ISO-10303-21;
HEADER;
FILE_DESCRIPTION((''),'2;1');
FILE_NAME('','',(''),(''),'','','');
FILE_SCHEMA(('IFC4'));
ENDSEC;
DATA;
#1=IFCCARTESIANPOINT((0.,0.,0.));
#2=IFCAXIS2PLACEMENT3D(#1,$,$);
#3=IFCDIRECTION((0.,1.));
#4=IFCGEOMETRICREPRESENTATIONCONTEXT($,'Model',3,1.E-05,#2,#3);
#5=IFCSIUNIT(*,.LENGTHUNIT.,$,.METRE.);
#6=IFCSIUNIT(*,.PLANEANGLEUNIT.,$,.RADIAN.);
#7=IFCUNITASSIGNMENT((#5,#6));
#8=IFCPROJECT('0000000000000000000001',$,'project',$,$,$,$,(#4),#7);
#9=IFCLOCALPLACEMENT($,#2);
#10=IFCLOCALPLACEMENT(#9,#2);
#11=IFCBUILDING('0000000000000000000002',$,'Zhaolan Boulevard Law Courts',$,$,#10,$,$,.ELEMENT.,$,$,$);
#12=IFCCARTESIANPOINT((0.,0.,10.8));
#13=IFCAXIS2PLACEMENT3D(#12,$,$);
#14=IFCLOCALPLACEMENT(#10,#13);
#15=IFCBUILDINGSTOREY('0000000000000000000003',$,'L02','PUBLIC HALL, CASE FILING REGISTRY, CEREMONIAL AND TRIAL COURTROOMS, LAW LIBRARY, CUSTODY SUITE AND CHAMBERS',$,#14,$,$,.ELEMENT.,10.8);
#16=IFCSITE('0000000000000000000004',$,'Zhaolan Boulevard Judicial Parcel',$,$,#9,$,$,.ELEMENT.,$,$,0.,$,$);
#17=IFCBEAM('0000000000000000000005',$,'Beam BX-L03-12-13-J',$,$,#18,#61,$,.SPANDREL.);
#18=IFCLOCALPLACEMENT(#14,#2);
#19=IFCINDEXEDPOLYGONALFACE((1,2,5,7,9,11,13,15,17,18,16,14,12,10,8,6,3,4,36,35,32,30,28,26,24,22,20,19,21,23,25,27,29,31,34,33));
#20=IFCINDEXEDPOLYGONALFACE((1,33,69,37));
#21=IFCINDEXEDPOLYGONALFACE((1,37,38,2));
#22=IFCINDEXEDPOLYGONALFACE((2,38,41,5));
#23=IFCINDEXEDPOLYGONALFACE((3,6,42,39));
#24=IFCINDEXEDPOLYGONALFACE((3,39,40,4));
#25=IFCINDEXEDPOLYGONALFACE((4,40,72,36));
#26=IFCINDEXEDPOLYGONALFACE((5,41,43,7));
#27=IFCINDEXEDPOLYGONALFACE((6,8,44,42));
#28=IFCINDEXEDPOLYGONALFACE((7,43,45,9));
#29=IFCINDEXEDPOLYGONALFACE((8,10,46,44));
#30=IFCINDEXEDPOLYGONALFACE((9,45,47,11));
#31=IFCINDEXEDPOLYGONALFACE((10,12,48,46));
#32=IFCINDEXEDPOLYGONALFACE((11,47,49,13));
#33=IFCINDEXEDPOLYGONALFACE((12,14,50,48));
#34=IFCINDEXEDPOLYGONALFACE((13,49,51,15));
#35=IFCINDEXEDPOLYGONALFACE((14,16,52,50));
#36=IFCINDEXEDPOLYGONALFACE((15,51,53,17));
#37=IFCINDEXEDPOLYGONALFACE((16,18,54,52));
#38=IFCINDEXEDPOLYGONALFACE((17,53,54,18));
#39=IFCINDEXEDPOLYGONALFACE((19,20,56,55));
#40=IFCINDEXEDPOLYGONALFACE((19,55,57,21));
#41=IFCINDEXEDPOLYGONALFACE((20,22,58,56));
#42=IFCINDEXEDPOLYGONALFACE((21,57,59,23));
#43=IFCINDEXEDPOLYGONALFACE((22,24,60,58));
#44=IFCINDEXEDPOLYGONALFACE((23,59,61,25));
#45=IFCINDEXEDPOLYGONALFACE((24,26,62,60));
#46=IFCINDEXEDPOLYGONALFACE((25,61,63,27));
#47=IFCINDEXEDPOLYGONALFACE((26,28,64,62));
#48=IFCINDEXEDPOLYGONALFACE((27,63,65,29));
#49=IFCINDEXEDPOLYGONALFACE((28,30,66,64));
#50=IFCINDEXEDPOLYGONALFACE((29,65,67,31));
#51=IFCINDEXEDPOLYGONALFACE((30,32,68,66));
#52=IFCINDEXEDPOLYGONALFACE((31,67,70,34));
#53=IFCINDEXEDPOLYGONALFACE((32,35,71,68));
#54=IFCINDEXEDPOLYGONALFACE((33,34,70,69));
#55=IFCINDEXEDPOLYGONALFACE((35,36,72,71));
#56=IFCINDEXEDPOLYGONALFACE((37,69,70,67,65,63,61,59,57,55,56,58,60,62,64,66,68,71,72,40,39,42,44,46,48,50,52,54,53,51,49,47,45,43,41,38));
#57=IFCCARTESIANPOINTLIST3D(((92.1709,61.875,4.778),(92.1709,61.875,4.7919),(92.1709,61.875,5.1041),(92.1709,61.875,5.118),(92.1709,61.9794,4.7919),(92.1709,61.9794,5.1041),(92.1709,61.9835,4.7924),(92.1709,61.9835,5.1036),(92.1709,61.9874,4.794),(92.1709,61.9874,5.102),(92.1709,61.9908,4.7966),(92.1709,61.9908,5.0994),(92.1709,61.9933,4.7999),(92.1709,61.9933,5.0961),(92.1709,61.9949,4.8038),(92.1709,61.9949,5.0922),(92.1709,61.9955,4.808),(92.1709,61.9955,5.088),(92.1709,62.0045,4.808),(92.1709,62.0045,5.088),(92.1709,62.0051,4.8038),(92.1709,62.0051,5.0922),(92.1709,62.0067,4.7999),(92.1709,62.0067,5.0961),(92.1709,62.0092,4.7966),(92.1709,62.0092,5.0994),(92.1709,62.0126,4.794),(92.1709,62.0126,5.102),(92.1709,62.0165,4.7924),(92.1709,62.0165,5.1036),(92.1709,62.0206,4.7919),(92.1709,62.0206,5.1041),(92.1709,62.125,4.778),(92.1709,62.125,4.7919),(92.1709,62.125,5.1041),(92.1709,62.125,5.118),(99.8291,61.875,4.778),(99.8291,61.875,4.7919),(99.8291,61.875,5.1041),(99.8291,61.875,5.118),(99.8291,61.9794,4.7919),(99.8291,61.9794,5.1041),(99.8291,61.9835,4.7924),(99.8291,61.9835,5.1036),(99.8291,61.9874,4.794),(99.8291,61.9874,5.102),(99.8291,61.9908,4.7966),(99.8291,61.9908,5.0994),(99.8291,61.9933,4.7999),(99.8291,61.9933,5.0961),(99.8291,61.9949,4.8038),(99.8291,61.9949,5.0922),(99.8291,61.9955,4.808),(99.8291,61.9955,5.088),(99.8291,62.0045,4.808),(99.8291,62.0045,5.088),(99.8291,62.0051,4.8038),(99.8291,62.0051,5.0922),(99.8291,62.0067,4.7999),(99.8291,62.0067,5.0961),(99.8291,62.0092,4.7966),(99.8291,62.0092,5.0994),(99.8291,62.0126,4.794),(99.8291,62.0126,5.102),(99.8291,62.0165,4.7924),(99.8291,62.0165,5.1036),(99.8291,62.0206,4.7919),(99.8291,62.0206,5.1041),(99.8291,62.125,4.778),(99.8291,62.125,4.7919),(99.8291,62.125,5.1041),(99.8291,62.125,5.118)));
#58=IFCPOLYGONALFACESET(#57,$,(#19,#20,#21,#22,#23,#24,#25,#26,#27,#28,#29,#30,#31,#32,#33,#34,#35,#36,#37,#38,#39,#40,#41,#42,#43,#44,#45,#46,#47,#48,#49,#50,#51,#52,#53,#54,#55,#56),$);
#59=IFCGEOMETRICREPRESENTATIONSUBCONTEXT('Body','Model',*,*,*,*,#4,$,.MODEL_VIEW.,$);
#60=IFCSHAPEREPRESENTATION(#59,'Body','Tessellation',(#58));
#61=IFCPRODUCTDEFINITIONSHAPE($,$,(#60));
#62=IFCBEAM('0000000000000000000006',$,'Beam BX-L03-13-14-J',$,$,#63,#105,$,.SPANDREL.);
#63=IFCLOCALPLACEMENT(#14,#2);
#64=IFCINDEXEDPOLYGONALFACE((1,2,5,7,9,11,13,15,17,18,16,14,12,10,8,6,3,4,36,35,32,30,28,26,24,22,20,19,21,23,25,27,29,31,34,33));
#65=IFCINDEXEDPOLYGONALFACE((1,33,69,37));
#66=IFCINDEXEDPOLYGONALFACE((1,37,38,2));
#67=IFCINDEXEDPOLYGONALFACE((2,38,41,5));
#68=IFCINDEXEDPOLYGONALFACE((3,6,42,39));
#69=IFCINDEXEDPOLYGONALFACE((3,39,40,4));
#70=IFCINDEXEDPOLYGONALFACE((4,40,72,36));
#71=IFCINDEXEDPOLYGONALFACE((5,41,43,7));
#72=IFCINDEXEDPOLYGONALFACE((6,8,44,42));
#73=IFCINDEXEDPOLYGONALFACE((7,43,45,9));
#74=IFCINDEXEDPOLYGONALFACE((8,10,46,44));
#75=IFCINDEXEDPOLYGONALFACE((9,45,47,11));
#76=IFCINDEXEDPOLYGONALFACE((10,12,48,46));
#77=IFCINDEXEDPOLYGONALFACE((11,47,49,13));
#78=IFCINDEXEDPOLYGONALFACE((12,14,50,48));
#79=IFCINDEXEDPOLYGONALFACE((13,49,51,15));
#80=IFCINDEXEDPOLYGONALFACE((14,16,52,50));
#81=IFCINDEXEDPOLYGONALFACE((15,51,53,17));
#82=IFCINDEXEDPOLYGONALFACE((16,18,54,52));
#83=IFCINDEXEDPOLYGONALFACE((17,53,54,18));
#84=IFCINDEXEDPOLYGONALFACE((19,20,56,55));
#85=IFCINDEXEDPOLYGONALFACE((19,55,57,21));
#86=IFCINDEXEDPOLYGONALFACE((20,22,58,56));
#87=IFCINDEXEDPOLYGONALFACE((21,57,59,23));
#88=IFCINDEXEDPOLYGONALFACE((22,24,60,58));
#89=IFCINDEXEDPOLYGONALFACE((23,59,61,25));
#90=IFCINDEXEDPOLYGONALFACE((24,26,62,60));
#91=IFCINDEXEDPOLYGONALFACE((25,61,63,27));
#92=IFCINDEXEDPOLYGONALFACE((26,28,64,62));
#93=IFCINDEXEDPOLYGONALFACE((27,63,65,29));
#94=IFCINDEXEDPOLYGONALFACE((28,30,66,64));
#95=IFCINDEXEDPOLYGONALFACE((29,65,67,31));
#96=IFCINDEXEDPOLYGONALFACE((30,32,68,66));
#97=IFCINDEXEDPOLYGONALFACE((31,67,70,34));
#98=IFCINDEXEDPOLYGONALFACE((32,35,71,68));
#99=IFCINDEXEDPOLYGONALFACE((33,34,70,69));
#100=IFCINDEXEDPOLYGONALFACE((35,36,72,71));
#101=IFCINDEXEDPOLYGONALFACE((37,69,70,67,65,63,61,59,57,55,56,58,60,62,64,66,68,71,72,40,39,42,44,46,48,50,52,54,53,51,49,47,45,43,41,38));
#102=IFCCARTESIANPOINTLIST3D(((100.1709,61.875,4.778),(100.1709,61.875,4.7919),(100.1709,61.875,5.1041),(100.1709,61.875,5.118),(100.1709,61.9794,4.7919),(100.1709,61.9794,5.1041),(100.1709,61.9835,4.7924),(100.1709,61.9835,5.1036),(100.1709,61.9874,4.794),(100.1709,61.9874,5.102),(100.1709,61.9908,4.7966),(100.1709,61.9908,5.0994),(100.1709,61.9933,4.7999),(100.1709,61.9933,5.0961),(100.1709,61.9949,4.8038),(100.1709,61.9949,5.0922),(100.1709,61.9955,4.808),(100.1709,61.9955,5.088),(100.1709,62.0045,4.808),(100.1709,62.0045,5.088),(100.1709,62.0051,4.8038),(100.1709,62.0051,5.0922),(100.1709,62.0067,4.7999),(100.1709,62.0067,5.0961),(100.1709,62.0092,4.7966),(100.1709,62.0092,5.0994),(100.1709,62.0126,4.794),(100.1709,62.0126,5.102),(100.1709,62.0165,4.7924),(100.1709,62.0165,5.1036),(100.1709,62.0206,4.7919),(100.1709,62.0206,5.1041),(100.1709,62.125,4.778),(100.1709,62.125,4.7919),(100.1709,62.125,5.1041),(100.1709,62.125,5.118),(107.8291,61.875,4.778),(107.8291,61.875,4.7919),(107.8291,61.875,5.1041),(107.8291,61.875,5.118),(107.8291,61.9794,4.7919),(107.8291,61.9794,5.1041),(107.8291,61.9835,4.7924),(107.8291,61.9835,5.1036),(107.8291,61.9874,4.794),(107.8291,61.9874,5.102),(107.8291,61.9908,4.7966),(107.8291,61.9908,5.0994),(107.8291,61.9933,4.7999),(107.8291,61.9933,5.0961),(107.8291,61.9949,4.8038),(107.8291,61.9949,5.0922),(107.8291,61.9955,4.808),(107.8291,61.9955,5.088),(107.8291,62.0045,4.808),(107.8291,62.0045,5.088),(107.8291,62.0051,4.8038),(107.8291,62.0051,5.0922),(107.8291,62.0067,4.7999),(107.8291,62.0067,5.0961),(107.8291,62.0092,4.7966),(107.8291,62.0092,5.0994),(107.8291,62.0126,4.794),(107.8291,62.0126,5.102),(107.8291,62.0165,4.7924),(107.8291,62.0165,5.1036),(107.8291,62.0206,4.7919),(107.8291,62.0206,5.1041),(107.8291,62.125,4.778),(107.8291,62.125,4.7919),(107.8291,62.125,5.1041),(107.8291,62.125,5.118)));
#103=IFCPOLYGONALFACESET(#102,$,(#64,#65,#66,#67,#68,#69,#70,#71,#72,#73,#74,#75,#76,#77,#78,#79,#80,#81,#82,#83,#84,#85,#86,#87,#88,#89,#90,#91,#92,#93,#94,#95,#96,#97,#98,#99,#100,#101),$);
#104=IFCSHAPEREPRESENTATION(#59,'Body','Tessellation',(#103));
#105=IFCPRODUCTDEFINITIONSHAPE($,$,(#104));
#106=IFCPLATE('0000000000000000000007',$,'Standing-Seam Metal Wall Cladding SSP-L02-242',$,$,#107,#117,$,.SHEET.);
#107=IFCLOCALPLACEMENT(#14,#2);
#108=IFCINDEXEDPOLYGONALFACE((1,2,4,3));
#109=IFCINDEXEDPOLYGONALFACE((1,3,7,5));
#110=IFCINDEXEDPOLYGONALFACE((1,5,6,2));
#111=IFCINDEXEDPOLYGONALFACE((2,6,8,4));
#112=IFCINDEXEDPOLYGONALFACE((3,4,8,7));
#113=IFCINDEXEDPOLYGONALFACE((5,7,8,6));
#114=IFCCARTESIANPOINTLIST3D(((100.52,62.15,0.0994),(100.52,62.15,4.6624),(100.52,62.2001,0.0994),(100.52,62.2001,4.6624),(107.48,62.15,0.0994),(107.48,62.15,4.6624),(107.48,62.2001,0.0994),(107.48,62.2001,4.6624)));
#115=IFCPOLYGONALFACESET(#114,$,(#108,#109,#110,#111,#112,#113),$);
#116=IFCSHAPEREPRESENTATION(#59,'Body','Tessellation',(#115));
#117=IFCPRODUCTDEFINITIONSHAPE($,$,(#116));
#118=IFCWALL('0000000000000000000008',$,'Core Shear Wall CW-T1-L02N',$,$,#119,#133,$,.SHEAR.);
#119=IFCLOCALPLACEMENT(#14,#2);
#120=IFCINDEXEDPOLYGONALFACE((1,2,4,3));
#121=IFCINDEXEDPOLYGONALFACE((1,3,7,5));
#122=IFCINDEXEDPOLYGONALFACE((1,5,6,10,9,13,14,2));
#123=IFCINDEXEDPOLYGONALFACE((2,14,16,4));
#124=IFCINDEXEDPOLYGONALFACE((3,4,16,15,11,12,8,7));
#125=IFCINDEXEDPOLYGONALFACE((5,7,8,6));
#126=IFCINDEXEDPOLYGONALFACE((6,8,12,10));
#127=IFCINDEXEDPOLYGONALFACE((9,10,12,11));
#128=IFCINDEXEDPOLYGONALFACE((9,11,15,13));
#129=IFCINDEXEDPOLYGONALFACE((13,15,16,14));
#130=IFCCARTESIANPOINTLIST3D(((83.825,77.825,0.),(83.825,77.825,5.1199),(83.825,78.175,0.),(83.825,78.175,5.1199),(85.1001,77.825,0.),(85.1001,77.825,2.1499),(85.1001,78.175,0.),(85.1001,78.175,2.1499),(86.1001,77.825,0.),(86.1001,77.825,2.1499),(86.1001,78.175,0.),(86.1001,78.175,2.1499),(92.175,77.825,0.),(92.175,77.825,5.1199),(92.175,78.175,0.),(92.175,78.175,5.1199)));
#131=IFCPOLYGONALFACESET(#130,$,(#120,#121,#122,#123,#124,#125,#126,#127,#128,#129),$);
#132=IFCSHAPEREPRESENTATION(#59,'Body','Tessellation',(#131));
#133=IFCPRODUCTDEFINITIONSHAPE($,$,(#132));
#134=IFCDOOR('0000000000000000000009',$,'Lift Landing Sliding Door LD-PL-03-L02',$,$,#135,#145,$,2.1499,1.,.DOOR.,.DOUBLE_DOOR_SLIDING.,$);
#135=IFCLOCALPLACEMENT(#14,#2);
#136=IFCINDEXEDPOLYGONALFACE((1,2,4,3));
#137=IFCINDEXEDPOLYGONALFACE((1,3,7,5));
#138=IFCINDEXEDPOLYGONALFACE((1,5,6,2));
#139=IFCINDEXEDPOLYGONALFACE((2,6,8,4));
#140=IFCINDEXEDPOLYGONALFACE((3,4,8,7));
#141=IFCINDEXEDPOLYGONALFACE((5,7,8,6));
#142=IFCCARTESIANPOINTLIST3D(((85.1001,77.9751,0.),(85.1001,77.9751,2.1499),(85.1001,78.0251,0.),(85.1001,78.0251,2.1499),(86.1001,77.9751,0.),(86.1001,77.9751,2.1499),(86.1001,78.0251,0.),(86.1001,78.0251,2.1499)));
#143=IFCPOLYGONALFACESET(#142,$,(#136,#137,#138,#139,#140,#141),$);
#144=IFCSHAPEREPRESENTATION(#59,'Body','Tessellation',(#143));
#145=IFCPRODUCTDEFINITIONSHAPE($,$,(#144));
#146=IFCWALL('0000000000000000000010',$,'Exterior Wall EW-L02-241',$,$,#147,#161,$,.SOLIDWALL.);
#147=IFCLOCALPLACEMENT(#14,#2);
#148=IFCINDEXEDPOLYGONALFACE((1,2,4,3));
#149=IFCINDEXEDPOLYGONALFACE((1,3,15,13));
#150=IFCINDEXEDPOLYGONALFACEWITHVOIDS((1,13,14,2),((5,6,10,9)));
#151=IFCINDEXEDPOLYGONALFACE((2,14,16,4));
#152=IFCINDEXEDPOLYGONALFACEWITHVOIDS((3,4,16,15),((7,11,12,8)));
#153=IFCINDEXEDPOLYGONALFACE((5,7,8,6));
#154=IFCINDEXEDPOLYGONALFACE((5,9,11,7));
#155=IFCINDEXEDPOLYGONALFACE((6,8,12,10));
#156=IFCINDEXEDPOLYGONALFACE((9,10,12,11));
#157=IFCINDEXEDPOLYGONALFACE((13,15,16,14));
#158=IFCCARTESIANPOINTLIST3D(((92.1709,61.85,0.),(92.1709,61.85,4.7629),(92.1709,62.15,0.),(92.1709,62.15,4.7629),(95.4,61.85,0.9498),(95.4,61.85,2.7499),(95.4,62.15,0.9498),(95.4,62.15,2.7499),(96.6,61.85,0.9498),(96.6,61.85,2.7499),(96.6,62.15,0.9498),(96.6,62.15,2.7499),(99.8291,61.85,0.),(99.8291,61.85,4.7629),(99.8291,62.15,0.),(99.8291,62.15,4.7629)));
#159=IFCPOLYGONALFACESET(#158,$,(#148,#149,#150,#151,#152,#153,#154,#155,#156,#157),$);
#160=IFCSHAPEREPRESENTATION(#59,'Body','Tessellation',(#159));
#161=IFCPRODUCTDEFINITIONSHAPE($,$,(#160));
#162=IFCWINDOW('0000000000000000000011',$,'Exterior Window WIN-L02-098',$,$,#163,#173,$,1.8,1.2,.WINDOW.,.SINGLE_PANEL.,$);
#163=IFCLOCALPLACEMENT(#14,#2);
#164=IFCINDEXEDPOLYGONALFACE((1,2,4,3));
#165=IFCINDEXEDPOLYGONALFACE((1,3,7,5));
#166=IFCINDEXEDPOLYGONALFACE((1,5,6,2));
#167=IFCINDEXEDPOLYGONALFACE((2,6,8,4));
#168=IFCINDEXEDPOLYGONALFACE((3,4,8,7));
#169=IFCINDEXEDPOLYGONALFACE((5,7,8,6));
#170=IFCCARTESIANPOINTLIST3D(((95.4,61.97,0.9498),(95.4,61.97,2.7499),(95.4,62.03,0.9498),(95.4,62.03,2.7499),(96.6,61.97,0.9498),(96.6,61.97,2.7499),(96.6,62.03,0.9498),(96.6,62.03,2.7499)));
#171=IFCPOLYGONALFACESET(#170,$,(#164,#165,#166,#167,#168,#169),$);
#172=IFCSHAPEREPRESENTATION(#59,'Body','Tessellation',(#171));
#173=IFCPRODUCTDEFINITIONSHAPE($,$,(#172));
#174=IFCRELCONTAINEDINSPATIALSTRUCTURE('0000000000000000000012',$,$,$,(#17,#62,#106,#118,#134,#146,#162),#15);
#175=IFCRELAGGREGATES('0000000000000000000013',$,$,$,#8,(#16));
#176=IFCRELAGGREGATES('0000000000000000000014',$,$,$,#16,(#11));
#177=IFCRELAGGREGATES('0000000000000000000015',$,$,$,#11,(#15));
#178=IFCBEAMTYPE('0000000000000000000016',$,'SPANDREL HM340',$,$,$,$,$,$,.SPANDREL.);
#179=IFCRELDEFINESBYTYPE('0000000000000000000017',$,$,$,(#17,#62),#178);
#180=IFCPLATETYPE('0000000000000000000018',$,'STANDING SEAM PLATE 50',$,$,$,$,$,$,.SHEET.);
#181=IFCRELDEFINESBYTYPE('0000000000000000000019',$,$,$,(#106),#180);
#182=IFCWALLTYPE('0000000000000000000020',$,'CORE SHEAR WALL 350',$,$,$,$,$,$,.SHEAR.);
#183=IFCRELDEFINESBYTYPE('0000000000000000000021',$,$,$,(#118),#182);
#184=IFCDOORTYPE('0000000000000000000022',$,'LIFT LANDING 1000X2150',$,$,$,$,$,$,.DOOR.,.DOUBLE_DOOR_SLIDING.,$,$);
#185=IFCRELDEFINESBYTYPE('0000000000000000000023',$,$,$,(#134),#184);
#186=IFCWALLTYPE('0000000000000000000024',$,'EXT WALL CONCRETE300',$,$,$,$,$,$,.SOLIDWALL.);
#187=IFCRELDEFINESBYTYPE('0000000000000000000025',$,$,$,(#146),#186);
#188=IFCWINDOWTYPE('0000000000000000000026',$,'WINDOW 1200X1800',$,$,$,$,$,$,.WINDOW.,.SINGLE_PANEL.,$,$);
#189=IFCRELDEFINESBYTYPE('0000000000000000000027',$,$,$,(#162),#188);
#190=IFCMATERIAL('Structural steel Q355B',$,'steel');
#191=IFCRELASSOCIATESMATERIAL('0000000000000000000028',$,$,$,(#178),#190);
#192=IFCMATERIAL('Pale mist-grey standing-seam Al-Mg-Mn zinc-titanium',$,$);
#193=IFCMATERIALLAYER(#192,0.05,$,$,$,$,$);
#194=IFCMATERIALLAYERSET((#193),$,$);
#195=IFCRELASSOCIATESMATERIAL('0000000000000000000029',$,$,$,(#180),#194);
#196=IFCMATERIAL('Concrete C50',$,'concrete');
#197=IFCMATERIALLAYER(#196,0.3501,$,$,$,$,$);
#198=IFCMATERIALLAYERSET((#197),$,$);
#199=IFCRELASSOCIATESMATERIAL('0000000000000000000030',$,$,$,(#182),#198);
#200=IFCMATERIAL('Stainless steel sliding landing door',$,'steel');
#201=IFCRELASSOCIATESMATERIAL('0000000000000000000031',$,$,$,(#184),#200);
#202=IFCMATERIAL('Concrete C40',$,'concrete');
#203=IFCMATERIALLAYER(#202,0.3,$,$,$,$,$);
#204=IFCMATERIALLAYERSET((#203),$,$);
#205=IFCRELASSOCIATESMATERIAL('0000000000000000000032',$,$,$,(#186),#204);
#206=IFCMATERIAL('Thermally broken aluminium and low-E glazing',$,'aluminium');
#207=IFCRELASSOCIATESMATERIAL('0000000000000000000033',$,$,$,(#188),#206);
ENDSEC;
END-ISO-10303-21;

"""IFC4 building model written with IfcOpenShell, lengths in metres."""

from ifc_helpers import new_model, si_unit, direction, frame, frame_2d, origin, origin_2d, place, context, subcontext, project, spatial, rectangle, i_section, extrude, material, layer, layer_set, material_profile, profile_set, type_object, element, fill, save


model = new_model("IFC4")

# Units and contexts
model_context = context("Model", 3, precision=1e-05, world=origin(), true_north=direction((0.0, 1.0)))
body_context = subcontext(model_context, "Body", "Model", "MODEL_VIEW")
ifc_project = project(units=[si_unit("LENGTHUNIT", "METRE"), si_unit("PLANEANGLEUNIT", "RADIAN")], contexts=[model_context])

# Site, building, storey
site_placement = place(None, origin())
site = spatial("IfcSite", under=ifc_project, at=site_placement, Name="Zhaolan Boulevard Judicial Parcel", CompositionType="ELEMENT", RefElevation=0.0)
building_placement = place(site_placement, origin())
building = spatial("IfcBuilding", under=site, at=building_placement, Name="Zhaolan Boulevard Law Courts", CompositionType="ELEMENT")
storey_placement = place(building_placement, frame((0.0, 0.0, 10.8)))
storey = spatial("IfcBuildingStorey", under=building, at=storey_placement, Name="L02", Description="PUBLIC HALL, CASE FILING REGISTRY, CEREMONIAL AND TRIAL COURTROOMS, LAW LIBRARY, CUSTODY SUITE AND CHAMBERS", CompositionType="ELEMENT", Elevation=10.8)

# Beams
ifc_material_1 = material(Name="Structural steel Q355B", Category="steel")
ifc_material_profile_1 = material_profile(ifc_material_1, i_section(OverallWidth=0.25, OverallDepth=0.3401, WebThickness=0.009, FlangeThickness=0.0139, FilletRadius=0.0161, at=origin_2d()), Name="HM340x250")
ifc_profile_set_1 = profile_set([ifc_material_profile_1], Name="Structural steel Q355B")
beam_type_1 = type_object("IfcBeamType", Name="SPANDREL HM340", PredefinedType="SPANDREL", material=ifc_profile_set_1)
for number, where, z_axis, x_axis, name in (
    (1, (92.1709, 62.0, 4.948), (1.0, 0.0, 0.0), (0.0, 1.0, 0.0), "Beam BX-L03-12-13-J"),
    (2, (100.1709, 62.0, 4.948), (1.0, 0.0, 0.0), (0.0, 1.0, 0.0), "Beam BX-L03-13-14-J"),
):
    element("IfcBeam", number, at=place(storey_placement, frame(where, z_axis=z_axis, x_axis=x_axis)), inside=storey, type_object=beam_type_1, Name=name, PredefinedType="SPANDREL", context=body_context, shape_type="SweptSolid", body=[
        extrude(i_section(OverallWidth=0.25, OverallDepth=0.3401, WebThickness=0.009, FlangeThickness=0.0139, FilletRadius=0.0161, at=origin_2d()), origin(), (0.0, 0.0, 1.0), 7.6582),
    ])

# Plate
ifc_material_2 = material(Name="Pale mist-grey standing-seam Al-Mg-Mn zinc-titanium")
ifc_layer_1 = layer(ifc_material_2, 0.05)
ifc_layer_set_1 = layer_set([ifc_layer_1])
plate_type = type_object("IfcPlateType", Name="STANDING SEAM PLATE 50", PredefinedType="SHEET", material=ifc_layer_set_1)
plate_placement = place(storey_placement, frame((104.0, 62.175, 0.0994), z_axis=(0.0, 0.0, 1.0), x_axis=(1.0, 0.0, 0.0)))
element("IfcPlate", 3, at=plate_placement, inside=storey, type_object=plate_type, Name="Standing-Seam Metal Wall Cladding SSP-L02-242", PredefinedType="SHEET", context=body_context, shape_type="SweptSolid", body=[
    extrude(rectangle(XDim=6.96, YDim=0.05, at=origin_2d()), origin(), (0.0, 0.0, 1.0), 4.563),
])

# Wall, opening, door
ifc_material_3 = material(Name="Concrete C50", Category="concrete")
ifc_layer_2 = layer(ifc_material_3, 0.3501)
ifc_layer_set_2 = layer_set([ifc_layer_2])
wall_type_1 = type_object("IfcWallType", Name="CORE SHEAR WALL 350", PredefinedType="SHEAR", material=ifc_layer_set_2)
wall_1_placement = place(storey_placement, frame((92.175, 78.0, 0.0), z_axis=(0.0, 0.0, 1.0), x_axis=(-1.0, 0.0, 0.0)))
wall_1 = element("IfcWall", 4, at=wall_1_placement, inside=storey, type_object=wall_type_1, Name="Core Shear Wall CW-T1-L02N", PredefinedType="SHEAR", context=body_context, shape_type="SweptSolid", body=[
    extrude(rectangle(XDim=8.3501, YDim=0.3501, at=frame_2d((4.175, 0.0))), origin(), (0.0, 0.0, 1.0), 5.1199),
])
opening_1_placement = place(wall_1_placement, frame((6.075, 0.0, 0.0)))
opening_1 = element("IfcOpeningElement", 5, at=opening_1_placement, cuts=wall_1, PredefinedType="OPENING", context=body_context, shape_type="SweptSolid", body=[
    extrude(rectangle(XDim=1.0, YDim=2.1499, at=frame_2d((0.5, 1.075))), frame((0.0, 0.1851, 0.0), z_axis=(0.0, -1.0, 0.0), x_axis=(1.0, 0.0, 0.0)), (0.0, 0.0, 1.0), 0.3701),
])
ifc_material_4 = material(Name="Stainless steel sliding landing door", Category="steel")
door_type_1 = type_object("IfcDoorType", Name="LIFT LANDING 1000X2150", OperationType="DOUBLE_DOOR_SLIDING", PredefinedType="DOOR", material=ifc_material_4)
door_1_placement = place(opening_1_placement, origin())
door_1 = element("IfcDoor", 6, at=door_1_placement, inside=storey, type_object=door_type_1, Name="Lift Landing Sliding Door LD-PL-03-L02", OperationType="DOUBLE_DOOR_SLIDING", OverallHeight=2.1499, OverallWidth=1.0, PredefinedType="DOOR", context=body_context, shape_type="SweptSolid", body=[
    extrude(rectangle(XDim=1.0, YDim=2.1499, at=frame_2d((0.5, 1.075))), frame((0.0, 0.0249, 0.0), z_axis=(0.0, -1.0, 0.0), x_axis=(1.0, 0.0, 0.0)), (0.0, 0.0, 1.0), 0.05),
])
fill(opening_1, door_1)

# Wall, opening, window
ifc_material_5 = material(Name="Concrete C40", Category="concrete")
ifc_layer_3 = layer(ifc_material_5, 0.3)
ifc_layer_set_3 = layer_set([ifc_layer_3])
wall_type_2 = type_object("IfcWallType", Name="EXT WALL CONCRETE300", PredefinedType="SOLIDWALL", material=ifc_layer_set_3)
wall_2_placement = place(storey_placement, frame((92.1709, 62.0, 0.0), z_axis=(0.0, 0.0, 1.0), x_axis=(1.0, 0.0, 0.0)))
wall_2 = element("IfcWall", 7, at=wall_2_placement, inside=storey, type_object=wall_type_2, Name="Exterior Wall EW-L02-241", PredefinedType="SOLIDWALL", context=body_context, shape_type="SweptSolid", body=[
    extrude(rectangle(XDim=7.6582, YDim=0.3, at=frame_2d((3.8291, 0.0))), origin(), (0.0, 0.0, 1.0), 4.7629),
])
opening_2_placement = place(wall_2_placement, frame((3.229, 0.0, 0.95)))
opening_2 = element("IfcOpeningElement", 8, at=opening_2_placement, cuts=wall_2, PredefinedType="OPENING", context=body_context, shape_type="SweptSolid", body=[
    extrude(rectangle(XDim=1.2, YDim=1.8, at=frame_2d((0.6001, 0.8999))), frame((0.0, 0.1599, 0.0), z_axis=(0.0, -1.0, 0.0), x_axis=(1.0, 0.0, 0.0)), (0.0, 0.0, 1.0), 0.3201),
])
ifc_material_6 = material(Name="Thermally broken aluminium and low-E glazing", Category="aluminium")
window_type_1 = type_object("IfcWindowType", Name="WINDOW 1200X1800", PartitioningType="SINGLE_PANEL", PredefinedType="WINDOW", material=ifc_material_6)
window_1_placement = place(opening_2_placement, origin())
window_1 = element("IfcWindow", 9, at=window_1_placement, inside=storey, type_object=window_type_1, Name="Exterior Window WIN-L02-098", OverallHeight=1.8, OverallWidth=1.2, PartitioningType="SINGLE_PANEL", PredefinedType="WINDOW", context=body_context, shape_type="SweptSolid", body=[
    extrude(rectangle(XDim=1.2, YDim=1.8, at=frame_2d((0.6001, 0.8999))), frame((0.0, 0.03, 0.0), z_axis=(0.0, -1.0, 0.0), x_axis=(1.0, 0.0, 0.0)), (0.0, 0.0, 1.0), 0.0601),
])
fill(opening_2, window_1)

save(model, "model.ifc")
